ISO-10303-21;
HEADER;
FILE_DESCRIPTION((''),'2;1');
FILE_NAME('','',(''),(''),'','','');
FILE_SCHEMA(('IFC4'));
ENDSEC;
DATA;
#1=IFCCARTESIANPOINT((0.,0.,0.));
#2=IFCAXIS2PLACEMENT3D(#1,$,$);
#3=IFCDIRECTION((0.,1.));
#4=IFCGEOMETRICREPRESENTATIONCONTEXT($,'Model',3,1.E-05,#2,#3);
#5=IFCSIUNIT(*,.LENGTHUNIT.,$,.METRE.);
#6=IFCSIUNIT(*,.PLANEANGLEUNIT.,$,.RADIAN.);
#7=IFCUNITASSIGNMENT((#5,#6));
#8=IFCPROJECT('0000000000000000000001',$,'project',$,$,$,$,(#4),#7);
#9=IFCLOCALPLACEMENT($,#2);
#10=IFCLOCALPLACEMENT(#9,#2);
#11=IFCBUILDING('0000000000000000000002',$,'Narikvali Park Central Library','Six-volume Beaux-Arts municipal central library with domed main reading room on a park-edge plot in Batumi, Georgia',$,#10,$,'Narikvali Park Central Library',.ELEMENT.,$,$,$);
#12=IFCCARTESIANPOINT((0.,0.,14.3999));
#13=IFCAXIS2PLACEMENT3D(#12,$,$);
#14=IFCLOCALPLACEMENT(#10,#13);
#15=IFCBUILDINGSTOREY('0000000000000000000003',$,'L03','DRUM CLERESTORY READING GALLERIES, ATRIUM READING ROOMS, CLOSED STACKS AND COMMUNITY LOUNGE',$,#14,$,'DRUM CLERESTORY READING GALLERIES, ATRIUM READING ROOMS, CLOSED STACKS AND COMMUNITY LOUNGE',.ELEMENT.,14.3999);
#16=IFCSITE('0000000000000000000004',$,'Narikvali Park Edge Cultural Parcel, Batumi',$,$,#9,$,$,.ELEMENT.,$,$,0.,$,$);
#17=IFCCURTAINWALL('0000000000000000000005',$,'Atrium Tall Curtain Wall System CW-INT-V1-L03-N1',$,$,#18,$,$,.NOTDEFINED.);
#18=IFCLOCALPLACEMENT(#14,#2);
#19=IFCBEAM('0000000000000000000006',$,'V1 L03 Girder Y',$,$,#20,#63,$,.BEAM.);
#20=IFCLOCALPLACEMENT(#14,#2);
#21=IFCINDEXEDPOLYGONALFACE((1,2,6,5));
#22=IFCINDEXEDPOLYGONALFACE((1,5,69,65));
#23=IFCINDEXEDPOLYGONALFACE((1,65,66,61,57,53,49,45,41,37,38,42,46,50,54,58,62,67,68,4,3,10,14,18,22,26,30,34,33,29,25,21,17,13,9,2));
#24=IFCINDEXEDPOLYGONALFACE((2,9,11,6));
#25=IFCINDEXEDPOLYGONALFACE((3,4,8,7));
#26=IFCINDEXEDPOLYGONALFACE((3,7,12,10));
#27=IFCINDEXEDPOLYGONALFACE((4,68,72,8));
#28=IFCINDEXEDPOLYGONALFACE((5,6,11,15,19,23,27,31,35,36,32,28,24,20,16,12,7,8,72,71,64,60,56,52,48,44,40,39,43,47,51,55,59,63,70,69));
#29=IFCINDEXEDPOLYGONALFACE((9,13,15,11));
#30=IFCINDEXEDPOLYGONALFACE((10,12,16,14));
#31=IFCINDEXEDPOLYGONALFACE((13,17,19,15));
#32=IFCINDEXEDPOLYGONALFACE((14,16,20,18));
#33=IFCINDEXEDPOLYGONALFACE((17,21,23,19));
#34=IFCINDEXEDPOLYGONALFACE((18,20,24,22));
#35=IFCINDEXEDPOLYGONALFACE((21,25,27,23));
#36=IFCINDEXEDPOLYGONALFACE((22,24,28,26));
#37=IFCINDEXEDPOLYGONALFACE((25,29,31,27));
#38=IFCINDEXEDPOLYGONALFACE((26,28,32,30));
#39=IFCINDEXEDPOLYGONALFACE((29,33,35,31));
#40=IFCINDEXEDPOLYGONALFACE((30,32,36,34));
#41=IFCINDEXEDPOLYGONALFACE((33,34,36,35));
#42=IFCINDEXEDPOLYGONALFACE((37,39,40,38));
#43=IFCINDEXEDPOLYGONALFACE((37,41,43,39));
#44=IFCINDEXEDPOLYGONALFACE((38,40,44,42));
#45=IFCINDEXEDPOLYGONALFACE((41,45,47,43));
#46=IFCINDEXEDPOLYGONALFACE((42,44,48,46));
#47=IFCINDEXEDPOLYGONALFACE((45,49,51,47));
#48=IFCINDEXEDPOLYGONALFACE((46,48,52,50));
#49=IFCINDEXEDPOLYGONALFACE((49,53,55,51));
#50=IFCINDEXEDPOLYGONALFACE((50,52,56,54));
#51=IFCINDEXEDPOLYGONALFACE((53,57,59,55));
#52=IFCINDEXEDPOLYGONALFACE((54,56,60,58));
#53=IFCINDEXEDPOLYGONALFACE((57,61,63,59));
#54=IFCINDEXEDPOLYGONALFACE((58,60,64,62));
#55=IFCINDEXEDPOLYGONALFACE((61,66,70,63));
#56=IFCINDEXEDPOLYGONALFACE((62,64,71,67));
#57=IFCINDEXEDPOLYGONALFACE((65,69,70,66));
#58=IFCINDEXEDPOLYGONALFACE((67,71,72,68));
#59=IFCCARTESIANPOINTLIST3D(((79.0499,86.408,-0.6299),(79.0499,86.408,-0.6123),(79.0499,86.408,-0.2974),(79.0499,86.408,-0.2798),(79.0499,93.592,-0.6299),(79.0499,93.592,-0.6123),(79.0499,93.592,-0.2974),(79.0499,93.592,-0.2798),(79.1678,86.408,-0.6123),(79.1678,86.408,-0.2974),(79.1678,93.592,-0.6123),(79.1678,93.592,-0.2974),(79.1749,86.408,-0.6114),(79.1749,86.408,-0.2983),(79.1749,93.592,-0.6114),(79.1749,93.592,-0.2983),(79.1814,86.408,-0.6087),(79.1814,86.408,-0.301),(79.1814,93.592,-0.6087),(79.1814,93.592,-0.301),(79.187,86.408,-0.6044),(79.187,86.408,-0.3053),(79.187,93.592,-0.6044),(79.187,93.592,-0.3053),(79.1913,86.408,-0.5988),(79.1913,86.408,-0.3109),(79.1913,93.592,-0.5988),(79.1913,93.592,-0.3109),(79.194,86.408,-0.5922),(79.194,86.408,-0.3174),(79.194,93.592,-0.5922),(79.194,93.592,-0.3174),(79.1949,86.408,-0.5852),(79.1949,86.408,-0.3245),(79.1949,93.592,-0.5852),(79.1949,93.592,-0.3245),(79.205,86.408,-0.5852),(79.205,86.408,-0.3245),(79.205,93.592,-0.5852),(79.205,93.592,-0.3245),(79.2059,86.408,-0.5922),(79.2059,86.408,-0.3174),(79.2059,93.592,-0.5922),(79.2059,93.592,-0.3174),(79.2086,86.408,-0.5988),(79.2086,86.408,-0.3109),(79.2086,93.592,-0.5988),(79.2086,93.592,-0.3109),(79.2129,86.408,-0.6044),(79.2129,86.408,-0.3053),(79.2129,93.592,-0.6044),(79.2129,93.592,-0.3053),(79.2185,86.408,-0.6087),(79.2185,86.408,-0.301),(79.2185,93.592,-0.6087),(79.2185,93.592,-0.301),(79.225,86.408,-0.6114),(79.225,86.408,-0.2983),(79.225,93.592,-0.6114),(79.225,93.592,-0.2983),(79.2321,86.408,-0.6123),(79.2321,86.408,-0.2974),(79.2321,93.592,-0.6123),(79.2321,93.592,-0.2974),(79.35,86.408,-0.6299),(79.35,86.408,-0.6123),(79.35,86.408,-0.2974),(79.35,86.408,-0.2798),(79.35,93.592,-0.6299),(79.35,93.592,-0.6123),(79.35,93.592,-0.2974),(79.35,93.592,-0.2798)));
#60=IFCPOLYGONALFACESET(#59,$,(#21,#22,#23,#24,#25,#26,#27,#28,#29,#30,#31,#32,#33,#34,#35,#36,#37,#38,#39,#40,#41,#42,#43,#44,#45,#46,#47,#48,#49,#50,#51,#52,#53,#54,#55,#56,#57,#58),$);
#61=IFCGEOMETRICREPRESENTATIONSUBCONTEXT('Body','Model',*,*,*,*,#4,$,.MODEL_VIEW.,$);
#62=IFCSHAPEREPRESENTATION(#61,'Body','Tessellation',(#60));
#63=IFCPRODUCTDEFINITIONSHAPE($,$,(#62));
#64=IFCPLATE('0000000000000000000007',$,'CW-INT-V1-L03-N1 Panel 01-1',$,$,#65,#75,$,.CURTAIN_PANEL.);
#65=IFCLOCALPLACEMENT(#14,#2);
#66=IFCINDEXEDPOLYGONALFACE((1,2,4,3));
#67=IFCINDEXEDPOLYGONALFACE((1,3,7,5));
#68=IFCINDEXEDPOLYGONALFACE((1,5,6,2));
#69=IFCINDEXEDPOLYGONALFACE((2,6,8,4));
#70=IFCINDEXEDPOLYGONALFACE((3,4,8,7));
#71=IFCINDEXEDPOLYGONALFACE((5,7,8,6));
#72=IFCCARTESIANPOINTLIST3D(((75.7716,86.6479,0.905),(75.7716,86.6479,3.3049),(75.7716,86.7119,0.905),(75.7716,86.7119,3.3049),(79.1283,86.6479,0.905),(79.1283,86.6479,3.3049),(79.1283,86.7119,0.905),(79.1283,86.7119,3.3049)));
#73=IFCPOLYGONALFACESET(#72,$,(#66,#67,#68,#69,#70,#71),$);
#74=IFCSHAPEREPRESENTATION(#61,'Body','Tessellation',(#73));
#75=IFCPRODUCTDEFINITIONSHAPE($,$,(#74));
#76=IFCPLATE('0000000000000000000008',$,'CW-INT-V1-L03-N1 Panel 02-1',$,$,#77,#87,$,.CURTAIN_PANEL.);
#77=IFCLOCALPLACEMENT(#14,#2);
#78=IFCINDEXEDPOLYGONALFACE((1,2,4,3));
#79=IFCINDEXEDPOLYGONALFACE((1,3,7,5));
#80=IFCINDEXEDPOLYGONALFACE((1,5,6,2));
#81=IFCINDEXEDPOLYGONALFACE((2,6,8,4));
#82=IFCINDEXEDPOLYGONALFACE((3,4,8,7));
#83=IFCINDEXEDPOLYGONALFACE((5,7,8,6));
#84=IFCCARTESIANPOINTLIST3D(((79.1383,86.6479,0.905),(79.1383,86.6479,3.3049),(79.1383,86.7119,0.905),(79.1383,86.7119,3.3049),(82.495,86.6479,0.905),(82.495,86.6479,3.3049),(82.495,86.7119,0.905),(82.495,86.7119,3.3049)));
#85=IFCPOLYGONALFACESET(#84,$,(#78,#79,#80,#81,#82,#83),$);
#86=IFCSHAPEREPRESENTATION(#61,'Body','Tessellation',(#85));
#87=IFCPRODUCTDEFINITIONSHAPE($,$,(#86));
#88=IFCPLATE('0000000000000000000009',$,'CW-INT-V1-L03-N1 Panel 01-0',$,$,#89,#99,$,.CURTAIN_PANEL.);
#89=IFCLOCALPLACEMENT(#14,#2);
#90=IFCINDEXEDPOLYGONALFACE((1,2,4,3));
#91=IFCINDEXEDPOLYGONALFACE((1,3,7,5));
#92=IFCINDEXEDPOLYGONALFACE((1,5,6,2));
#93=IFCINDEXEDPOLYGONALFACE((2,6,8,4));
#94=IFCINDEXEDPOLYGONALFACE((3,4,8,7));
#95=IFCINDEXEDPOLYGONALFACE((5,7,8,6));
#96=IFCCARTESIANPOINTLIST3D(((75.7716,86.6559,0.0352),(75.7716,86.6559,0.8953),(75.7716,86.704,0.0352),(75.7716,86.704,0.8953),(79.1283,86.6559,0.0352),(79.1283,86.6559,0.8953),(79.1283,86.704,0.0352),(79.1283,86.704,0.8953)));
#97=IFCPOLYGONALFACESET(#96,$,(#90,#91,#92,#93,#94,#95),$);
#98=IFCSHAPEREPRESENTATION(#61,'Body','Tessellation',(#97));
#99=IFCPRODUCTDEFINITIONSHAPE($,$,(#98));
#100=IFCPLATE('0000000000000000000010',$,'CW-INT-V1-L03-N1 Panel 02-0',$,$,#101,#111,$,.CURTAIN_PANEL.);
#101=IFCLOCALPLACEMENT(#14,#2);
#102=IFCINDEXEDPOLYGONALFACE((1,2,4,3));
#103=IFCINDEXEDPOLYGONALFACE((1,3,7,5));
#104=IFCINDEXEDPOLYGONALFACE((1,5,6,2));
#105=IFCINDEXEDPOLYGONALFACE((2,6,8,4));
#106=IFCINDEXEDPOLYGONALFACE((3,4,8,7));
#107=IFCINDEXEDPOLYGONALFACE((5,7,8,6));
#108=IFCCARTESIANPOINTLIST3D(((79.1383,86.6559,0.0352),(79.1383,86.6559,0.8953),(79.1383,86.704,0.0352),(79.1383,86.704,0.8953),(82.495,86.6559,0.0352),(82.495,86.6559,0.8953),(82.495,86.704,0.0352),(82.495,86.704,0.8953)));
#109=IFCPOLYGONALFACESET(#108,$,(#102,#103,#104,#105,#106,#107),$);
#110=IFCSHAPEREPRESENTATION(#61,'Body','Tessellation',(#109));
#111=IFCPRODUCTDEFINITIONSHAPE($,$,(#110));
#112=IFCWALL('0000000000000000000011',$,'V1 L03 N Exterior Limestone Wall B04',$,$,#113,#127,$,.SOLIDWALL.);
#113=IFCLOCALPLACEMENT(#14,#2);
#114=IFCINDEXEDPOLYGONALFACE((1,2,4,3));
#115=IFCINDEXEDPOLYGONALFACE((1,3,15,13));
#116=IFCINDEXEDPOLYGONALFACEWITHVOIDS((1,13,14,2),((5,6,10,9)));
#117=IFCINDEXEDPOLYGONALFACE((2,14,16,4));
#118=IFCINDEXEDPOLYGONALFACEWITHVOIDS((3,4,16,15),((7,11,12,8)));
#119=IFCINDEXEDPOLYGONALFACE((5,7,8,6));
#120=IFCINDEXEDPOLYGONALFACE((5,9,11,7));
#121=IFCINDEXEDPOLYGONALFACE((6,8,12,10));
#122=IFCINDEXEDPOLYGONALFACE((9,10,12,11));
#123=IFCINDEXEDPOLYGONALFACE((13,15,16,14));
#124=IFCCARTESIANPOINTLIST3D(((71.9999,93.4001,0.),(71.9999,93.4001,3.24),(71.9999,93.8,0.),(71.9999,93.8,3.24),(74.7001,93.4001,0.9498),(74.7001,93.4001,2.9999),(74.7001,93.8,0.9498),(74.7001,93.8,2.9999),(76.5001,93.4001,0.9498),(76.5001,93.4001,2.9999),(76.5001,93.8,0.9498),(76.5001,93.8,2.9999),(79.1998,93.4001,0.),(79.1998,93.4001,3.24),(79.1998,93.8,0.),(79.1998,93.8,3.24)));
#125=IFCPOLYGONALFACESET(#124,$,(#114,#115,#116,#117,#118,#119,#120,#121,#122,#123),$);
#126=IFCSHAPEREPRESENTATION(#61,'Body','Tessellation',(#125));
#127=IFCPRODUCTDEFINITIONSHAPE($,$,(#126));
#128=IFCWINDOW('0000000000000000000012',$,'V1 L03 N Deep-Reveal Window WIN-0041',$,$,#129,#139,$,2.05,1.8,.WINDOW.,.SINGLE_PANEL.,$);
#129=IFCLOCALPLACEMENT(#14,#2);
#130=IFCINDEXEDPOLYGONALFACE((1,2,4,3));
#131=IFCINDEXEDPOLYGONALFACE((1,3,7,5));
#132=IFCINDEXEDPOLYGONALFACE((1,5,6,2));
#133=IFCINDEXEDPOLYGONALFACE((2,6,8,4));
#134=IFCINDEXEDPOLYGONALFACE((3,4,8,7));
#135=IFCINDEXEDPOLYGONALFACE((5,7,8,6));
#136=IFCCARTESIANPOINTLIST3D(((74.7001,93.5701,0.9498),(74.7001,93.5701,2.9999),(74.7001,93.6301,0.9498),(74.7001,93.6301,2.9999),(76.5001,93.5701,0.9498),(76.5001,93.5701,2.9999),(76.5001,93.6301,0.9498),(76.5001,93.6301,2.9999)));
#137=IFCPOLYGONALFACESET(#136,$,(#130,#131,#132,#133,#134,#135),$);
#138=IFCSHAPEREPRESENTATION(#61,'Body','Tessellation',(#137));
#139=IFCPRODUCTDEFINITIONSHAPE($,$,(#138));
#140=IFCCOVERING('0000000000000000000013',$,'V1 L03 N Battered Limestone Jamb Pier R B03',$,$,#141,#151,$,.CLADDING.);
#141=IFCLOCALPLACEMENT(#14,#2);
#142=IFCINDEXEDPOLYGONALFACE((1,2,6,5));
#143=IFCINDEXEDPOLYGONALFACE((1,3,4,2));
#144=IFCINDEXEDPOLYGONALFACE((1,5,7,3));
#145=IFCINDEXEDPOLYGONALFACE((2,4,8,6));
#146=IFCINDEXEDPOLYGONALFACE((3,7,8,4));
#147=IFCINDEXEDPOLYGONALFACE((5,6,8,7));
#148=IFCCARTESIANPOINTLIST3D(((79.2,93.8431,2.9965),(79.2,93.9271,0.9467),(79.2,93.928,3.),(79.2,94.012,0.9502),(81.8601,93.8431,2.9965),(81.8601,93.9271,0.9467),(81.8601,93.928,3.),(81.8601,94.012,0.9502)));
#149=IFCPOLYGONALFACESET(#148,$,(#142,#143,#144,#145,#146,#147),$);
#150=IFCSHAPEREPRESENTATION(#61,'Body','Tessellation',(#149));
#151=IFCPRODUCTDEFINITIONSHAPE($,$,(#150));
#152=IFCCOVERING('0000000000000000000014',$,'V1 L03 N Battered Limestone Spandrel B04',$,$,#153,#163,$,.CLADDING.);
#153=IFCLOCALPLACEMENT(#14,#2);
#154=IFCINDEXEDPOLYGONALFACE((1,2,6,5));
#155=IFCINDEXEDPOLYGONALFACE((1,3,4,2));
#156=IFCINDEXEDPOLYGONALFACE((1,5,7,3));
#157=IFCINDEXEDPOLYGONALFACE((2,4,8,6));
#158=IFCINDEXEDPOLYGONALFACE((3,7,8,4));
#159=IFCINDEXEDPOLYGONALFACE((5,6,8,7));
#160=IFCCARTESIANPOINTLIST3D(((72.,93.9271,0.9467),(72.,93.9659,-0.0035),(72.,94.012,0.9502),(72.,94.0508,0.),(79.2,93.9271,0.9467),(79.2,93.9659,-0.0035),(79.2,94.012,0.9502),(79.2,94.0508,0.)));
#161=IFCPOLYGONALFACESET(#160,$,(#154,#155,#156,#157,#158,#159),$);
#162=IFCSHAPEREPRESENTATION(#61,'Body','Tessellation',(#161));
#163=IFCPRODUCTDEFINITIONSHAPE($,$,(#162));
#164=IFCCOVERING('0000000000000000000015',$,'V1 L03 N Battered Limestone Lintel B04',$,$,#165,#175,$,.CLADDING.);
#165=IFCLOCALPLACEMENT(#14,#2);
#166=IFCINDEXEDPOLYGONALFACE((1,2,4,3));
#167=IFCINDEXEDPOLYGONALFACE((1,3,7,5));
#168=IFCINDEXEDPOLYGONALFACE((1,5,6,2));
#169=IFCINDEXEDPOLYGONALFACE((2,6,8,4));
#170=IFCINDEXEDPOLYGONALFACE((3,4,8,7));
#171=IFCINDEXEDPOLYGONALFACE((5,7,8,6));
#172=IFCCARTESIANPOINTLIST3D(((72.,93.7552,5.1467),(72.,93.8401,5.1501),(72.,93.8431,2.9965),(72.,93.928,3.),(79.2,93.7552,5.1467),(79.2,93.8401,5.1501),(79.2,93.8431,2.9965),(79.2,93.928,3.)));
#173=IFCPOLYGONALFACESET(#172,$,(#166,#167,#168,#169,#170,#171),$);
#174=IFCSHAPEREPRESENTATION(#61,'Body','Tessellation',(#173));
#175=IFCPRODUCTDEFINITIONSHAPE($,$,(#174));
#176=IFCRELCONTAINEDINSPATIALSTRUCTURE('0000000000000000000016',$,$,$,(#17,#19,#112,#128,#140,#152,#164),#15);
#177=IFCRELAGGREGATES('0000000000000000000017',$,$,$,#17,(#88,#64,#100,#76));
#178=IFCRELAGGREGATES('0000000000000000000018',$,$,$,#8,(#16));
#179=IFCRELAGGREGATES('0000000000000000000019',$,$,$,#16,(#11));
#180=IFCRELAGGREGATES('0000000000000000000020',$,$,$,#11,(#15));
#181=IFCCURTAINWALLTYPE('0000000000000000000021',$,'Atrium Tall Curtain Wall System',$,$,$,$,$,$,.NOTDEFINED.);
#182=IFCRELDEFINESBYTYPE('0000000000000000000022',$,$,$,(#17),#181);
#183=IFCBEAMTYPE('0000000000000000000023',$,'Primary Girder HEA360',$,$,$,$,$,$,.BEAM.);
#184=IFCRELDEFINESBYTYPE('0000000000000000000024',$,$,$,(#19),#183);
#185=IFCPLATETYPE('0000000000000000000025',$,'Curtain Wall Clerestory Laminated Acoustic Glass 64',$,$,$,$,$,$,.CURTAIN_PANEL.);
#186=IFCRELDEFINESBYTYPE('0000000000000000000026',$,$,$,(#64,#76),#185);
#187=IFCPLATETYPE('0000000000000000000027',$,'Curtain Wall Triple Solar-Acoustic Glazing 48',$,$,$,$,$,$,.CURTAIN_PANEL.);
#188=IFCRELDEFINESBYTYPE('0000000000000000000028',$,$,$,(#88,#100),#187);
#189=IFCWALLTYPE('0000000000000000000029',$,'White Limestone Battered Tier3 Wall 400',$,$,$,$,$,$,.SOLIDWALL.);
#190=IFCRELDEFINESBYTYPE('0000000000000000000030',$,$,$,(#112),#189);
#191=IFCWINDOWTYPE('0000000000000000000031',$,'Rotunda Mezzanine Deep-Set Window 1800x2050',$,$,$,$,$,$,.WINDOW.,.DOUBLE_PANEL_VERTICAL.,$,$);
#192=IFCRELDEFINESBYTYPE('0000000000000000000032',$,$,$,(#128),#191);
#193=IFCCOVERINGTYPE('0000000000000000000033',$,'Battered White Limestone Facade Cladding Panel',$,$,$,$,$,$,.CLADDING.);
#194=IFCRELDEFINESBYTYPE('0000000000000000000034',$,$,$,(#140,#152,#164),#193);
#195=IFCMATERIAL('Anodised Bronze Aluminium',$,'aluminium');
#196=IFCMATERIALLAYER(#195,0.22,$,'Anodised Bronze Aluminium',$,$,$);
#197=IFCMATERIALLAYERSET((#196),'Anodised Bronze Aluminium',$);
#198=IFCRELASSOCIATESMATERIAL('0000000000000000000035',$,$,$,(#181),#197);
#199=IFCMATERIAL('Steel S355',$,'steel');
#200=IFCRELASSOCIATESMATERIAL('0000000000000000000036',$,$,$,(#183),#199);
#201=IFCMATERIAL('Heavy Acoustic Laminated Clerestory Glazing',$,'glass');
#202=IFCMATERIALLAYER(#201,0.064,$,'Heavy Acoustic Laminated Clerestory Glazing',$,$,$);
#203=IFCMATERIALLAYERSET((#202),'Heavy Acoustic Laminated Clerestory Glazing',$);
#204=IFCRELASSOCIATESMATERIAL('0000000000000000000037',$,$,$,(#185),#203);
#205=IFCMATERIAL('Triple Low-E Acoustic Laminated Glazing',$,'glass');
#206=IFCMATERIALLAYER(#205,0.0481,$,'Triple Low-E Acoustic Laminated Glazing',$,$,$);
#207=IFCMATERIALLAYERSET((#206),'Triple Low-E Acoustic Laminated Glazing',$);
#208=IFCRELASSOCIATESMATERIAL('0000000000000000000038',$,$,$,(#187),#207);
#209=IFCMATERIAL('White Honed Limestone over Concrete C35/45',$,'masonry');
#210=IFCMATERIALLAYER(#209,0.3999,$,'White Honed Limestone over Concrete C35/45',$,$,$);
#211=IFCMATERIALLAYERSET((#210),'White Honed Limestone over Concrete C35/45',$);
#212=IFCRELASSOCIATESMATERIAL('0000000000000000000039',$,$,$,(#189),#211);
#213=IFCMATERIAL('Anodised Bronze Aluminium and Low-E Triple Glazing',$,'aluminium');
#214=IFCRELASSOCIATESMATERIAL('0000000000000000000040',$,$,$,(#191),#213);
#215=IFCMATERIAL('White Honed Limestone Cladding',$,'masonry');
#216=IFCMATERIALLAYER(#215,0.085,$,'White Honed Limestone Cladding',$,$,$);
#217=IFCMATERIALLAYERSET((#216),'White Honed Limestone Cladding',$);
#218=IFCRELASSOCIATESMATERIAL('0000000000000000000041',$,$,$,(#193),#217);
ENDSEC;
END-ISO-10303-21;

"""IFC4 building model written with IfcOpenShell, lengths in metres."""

from ifc_helpers import new_model, si_unit, direction, frame, frame_2d, origin, origin_2d, place, context, subcontext, project, spatial, polyline, rectangle, i_section, outline, extrude, material, layer, layer_set, material_profile, profile_set, type_object, element, fill, aggregate, save


model = new_model("IFC4")

# Units and contexts
model_context = context("Model", 3, precision=1e-05, world=origin(), true_north=direction((0.0, 1.0)))
body_context = subcontext(model_context, "Body", "Model", "MODEL_VIEW")
ifc_project = project(units=[si_unit("LENGTHUNIT", "METRE"), si_unit("PLANEANGLEUNIT", "RADIAN")], contexts=[model_context])

# Site, building, storey
site_placement = place(None, origin())
site = spatial("IfcSite", under=ifc_project, at=site_placement, Name="Narikvali Park Edge Cultural Parcel, Batumi", CompositionType="ELEMENT", RefElevation=0.0)
building_placement = place(site_placement, origin())
building = spatial("IfcBuilding", under=site, at=building_placement, Name="Narikvali Park Central Library", Description="Six-volume Beaux-Arts municipal central library with domed main reading room on a park-edge plot in Batumi, Georgia", LongName="Narikvali Park Central Library", CompositionType="ELEMENT")
storey_placement = place(building_placement, frame((0.0, 0.0, 14.3999)))
storey = spatial("IfcBuildingStorey", under=building, at=storey_placement, Name="L03", Description="DRUM CLERESTORY READING GALLERIES, ATRIUM READING ROOMS, CLOSED STACKS AND COMMUNITY LOUNGE", LongName="DRUM CLERESTORY READING GALLERIES, ATRIUM READING ROOMS, CLOSED STACKS AND COMMUNITY LOUNGE", CompositionType="ELEMENT", Elevation=14.3999)

# Shared definitions
ifc_material_1 = material(Name="Steel S355", Category="steel")

# Curtain wall
ifc_material_2 = material(Name="Anodised Bronze Aluminium", Category="aluminium")
ifc_layer_1 = layer(ifc_material_2, 0.22, Name="Anodised Bronze Aluminium")
ifc_layer_set_1 = layer_set([ifc_layer_1], Name="Anodised Bronze Aluminium")
curtain_wall_type = type_object("IfcCurtainWallType", Name="Atrium Tall Curtain Wall System", PredefinedType="NOTDEFINED", material=ifc_layer_set_1)
curtain_wall_placement = place(storey_placement, origin())
curtain_wall = element("IfcCurtainWall", 1, at=curtain_wall_placement, inside=storey, type_object=curtain_wall_type, Name="Atrium Tall Curtain Wall System CW-INT-V1-L03-N1", PredefinedType="NOTDEFINED")

# Beam
ifc_material_profile_1 = material_profile(ifc_material_1, i_section(OverallWidth=0.3, OverallDepth=0.3501, WebThickness=0.01, FlangeThickness=0.0176, FilletRadius=0.0271, at=origin_2d()), Name="HEA 360")
ifc_profile_set_1 = profile_set([ifc_material_profile_1], Name="Steel S355")
beam_type_1 = type_object("IfcBeamType", Name="Primary Girder HEA360", PredefinedType="BEAM", material=ifc_profile_set_1)
beam_1_placement = place(storey_placement, frame((79.2, 86.408, -0.4548), z_axis=(0.0, 1.0, 0.0), x_axis=(-1.0, 0.0, 0.0)))
element("IfcBeam", 2, at=beam_1_placement, inside=storey, type_object=beam_type_1, Name="V1 L03 Girder Y", PredefinedType="BEAM", context=body_context, shape_type="SweptSolid", body=[
    extrude(i_section(OverallWidth=0.3, OverallDepth=0.3501, WebThickness=0.01, FlangeThickness=0.0176, FilletRadius=0.0271, at=origin_2d()), origin(), (0.0, 0.0, 1.0), 7.1841),
])

# Plates
ifc_material_3 = material(Name="Heavy Acoustic Laminated Clerestory Glazing", Category="glass")
ifc_layer_2 = layer(ifc_material_3, 0.064, Name="Heavy Acoustic Laminated Clerestory Glazing")
ifc_layer_set_2 = layer_set([ifc_layer_2], Name="Heavy Acoustic Laminated Clerestory Glazing")
plate_type_1 = type_object("IfcPlateType", Name="Curtain Wall Clerestory Laminated Acoustic Glass 64", PredefinedType="CURTAIN_PANEL", material=ifc_layer_set_2)
plate_1_placement = place(storey_placement, frame((77.45, 86.6799, 0.905), z_axis=(0.0, 0.0, 1.0), x_axis=(1.0, 0.0, 0.0)))
plate_1 = element("IfcPlate", 3, at=plate_1_placement, type_object=plate_type_1, Name="CW-INT-V1-L03-N1 Panel 01-1", PredefinedType="CURTAIN_PANEL", context=body_context, shape_type="SweptSolid", body=[
    extrude(rectangle(XDim=3.3567, YDim=0.064, at=origin_2d()), origin(), (0.0, 0.0, 1.0), 2.3999),
])
plate_2_placement = place(storey_placement, frame((80.8167, 86.6799, 0.905), z_axis=(0.0, 0.0, 1.0), x_axis=(1.0, 0.0, 0.0)))
plate_2 = element("IfcPlate", 4, at=plate_2_placement, type_object=plate_type_1, Name="CW-INT-V1-L03-N1 Panel 02-1", PredefinedType="CURTAIN_PANEL", context=body_context, shape_type="SweptSolid", body=[
    extrude(rectangle(XDim=3.3567, YDim=0.064, at=origin_2d()), origin(), (0.0, 0.0, 1.0), 2.3999),
])
ifc_material_4 = material(Name="Triple Low-E Acoustic Laminated Glazing", Category="glass")
ifc_layer_3 = layer(ifc_material_4, 0.0481, Name="Triple Low-E Acoustic Laminated Glazing")
ifc_layer_set_3 = layer_set([ifc_layer_3], Name="Triple Low-E Acoustic Laminated Glazing")
plate_type_2 = type_object("IfcPlateType", Name="Curtain Wall Triple Solar-Acoustic Glazing 48", PredefinedType="CURTAIN_PANEL", material=ifc_layer_set_3)
plate_3_placement = place(storey_placement, frame((77.45, 86.6799, 0.0352), z_axis=(0.0, 0.0, 1.0), x_axis=(1.0, 0.0, 0.0)))
plate_3 = element("IfcPlate", 5, at=plate_3_placement, type_object=plate_type_2, Name="CW-INT-V1-L03-N1 Panel 01-0", PredefinedType="CURTAIN_PANEL", context=body_context, shape_type="SweptSolid", body=[
    extrude(rectangle(XDim=3.3567, YDim=0.0481, at=origin_2d()), origin(), (0.0, 0.0, 1.0), 0.8601),
])
plate_4_placement = place(storey_placement, frame((80.8167, 86.6799, 0.0352), z_axis=(0.0, 0.0, 1.0), x_axis=(1.0, 0.0, 0.0)))
plate_4 = element("IfcPlate", 6, at=plate_4_placement, type_object=plate_type_2, Name="CW-INT-V1-L03-N1 Panel 02-0", PredefinedType="CURTAIN_PANEL", context=body_context, shape_type="SweptSolid", body=[
    extrude(rectangle(XDim=3.3567, YDim=0.0481, at=origin_2d()), origin(), (0.0, 0.0, 1.0), 0.8601),
])
aggregate(curtain_wall, [plate_3, plate_1, plate_4, plate_2])

# Wall, opening, window
ifc_material_5 = material(Name="White Honed Limestone over Concrete C35/45", Category="masonry")
ifc_layer_4 = layer(ifc_material_5, 0.3999, Name="White Honed Limestone over Concrete C35/45")
ifc_layer_set_4 = layer_set([ifc_layer_4], Name="White Honed Limestone over Concrete C35/45")
wall_type = type_object("IfcWallType", Name="White Limestone Battered Tier3 Wall 400", PredefinedType="SOLIDWALL", material=ifc_layer_set_4)
wall_placement = place(storey_placement, frame((79.2, 93.6001, 0.0), z_axis=(0.0, 0.0, 1.0), x_axis=(-1.0, 0.0, 0.0)))
wall = element("IfcWall", 7, at=wall_placement, inside=storey, type_object=wall_type, Name="V1 L03 N Exterior Limestone Wall B04", PredefinedType="SOLIDWALL", context=body_context, shape_type="SweptSolid", body=[
    extrude(rectangle(XDim=7.2, YDim=0.3999, at=frame_2d((3.6001, 0.0))), origin(), (0.0, 0.0, 1.0), 3.24),
])
opening_placement = place(wall_placement, frame((2.7, 0.0, 0.95)))
opening = element("IfcOpeningElement", 8, at=opening_placement, cuts=wall, PredefinedType="OPENING", context=body_context, shape_type="SweptSolid", body=[
    extrude(rectangle(XDim=1.8, YDim=2.05, at=frame_2d((0.8999, 1.0249))), frame((0.0, 0.2119, 0.0), z_axis=(0.0, -1.0, 0.0), x_axis=(1.0, 0.0, 0.0)), (0.0, 0.0, 1.0), 0.4238),
])
ifc_material_6 = material(Name="Anodised Bronze Aluminium and Low-E Triple Glazing", Category="aluminium")
window_type = type_object("IfcWindowType", Name="Rotunda Mezzanine Deep-Set Window 1800x2050", PartitioningType="DOUBLE_PANEL_VERTICAL", PredefinedType="WINDOW", material=ifc_material_6)
window_placement = place(opening_placement, origin())
window = element("IfcWindow", 9, at=window_placement, inside=storey, type_object=window_type, Name="V1 L03 N Deep-Reveal Window WIN-0041", OverallHeight=2.05, OverallWidth=1.8, PartitioningType="SINGLE_PANEL", PredefinedType="WINDOW", context=body_context, shape_type="SweptSolid", body=[
    extrude(rectangle(XDim=1.8, YDim=2.05, at=frame_2d((0.8999, 1.0249))), frame((0.0, 0.03, 0.0), z_axis=(0.0, -1.0, 0.0), x_axis=(1.0, 0.0, 0.0)), (0.0, 0.0, 1.0), 0.0601),
])
fill(opening, window)

# Coverings
ifc_material_7 = material(Name="White Honed Limestone Cladding", Category="masonry")
ifc_layer_5 = layer(ifc_material_7, 0.085, Name="White Honed Limestone Cladding")
ifc_layer_set_5 = layer_set([ifc_layer_5], Name="White Honed Limestone Cladding")
covering_type = type_object("IfcCoveringType", Name="Battered White Limestone Facade Cladding Panel", PredefinedType="CLADDING", material=ifc_layer_set_5)
covering_1_placement = place(storey_placement, frame((81.8601, 94.012, 0.9502), z_axis=(0.0, 0.999162, 0.040938), x_axis=(-1.0, 0.0, 0.0)))
element("IfcCovering", 10, at=covering_1_placement, inside=storey, type_object=covering_type, Name="V1 L03 N Battered Limestone Jamb Pier R B03", PredefinedType="CLADDING", context=body_context, shape_type="SweptSolid", body=[
    extrude(outline(polyline([(0.0, 0.0), (2.6602, 0.0), (2.6602, 2.0515), (0.0, 2.0515), (0.0, 0.0)])), origin(), (0.0, 0.0, -1.0), 0.085),
])
covering_2_placement = place(storey_placement, frame((79.2, 94.0508, 0.0), z_axis=(0.0, 0.999167, 0.040819), x_axis=(-1.0, 0.0, 0.0)))
element("IfcCovering", 11, at=covering_2_placement, inside=storey, type_object=covering_type, Name="V1 L03 N Battered Limestone Spandrel B04", PredefinedType="CLADDING", context=body_context, shape_type="SweptSolid", body=[
    extrude(outline(polyline([(0.0, 0.0), (7.2, 0.0), (7.2, 0.951), (0.0, 0.951), (0.0, 0.0)])), origin(), (0.0, 0.0, -1.0), 0.085),
])
covering_3_placement = place(storey_placement, frame((79.2, 93.928, 3.0), z_axis=(0.0, 0.999166, 0.040842), x_axis=(-1.0, 0.0, 0.0)))
element("IfcCovering", 12, at=covering_3_placement, inside=storey, type_object=covering_type, Name="V1 L03 N Battered Limestone Lintel B04", PredefinedType="CLADDING", context=body_context, shape_type="SweptSolid", body=[
    extrude(outline(polyline([(0.0, 0.0), (7.2, 0.0), (7.2, 2.1519), (0.0, 2.1519), (0.0, 0.0)])), origin(), (0.0, 0.0, -1.0), 0.085),
])

save(model, "model.ifc")
